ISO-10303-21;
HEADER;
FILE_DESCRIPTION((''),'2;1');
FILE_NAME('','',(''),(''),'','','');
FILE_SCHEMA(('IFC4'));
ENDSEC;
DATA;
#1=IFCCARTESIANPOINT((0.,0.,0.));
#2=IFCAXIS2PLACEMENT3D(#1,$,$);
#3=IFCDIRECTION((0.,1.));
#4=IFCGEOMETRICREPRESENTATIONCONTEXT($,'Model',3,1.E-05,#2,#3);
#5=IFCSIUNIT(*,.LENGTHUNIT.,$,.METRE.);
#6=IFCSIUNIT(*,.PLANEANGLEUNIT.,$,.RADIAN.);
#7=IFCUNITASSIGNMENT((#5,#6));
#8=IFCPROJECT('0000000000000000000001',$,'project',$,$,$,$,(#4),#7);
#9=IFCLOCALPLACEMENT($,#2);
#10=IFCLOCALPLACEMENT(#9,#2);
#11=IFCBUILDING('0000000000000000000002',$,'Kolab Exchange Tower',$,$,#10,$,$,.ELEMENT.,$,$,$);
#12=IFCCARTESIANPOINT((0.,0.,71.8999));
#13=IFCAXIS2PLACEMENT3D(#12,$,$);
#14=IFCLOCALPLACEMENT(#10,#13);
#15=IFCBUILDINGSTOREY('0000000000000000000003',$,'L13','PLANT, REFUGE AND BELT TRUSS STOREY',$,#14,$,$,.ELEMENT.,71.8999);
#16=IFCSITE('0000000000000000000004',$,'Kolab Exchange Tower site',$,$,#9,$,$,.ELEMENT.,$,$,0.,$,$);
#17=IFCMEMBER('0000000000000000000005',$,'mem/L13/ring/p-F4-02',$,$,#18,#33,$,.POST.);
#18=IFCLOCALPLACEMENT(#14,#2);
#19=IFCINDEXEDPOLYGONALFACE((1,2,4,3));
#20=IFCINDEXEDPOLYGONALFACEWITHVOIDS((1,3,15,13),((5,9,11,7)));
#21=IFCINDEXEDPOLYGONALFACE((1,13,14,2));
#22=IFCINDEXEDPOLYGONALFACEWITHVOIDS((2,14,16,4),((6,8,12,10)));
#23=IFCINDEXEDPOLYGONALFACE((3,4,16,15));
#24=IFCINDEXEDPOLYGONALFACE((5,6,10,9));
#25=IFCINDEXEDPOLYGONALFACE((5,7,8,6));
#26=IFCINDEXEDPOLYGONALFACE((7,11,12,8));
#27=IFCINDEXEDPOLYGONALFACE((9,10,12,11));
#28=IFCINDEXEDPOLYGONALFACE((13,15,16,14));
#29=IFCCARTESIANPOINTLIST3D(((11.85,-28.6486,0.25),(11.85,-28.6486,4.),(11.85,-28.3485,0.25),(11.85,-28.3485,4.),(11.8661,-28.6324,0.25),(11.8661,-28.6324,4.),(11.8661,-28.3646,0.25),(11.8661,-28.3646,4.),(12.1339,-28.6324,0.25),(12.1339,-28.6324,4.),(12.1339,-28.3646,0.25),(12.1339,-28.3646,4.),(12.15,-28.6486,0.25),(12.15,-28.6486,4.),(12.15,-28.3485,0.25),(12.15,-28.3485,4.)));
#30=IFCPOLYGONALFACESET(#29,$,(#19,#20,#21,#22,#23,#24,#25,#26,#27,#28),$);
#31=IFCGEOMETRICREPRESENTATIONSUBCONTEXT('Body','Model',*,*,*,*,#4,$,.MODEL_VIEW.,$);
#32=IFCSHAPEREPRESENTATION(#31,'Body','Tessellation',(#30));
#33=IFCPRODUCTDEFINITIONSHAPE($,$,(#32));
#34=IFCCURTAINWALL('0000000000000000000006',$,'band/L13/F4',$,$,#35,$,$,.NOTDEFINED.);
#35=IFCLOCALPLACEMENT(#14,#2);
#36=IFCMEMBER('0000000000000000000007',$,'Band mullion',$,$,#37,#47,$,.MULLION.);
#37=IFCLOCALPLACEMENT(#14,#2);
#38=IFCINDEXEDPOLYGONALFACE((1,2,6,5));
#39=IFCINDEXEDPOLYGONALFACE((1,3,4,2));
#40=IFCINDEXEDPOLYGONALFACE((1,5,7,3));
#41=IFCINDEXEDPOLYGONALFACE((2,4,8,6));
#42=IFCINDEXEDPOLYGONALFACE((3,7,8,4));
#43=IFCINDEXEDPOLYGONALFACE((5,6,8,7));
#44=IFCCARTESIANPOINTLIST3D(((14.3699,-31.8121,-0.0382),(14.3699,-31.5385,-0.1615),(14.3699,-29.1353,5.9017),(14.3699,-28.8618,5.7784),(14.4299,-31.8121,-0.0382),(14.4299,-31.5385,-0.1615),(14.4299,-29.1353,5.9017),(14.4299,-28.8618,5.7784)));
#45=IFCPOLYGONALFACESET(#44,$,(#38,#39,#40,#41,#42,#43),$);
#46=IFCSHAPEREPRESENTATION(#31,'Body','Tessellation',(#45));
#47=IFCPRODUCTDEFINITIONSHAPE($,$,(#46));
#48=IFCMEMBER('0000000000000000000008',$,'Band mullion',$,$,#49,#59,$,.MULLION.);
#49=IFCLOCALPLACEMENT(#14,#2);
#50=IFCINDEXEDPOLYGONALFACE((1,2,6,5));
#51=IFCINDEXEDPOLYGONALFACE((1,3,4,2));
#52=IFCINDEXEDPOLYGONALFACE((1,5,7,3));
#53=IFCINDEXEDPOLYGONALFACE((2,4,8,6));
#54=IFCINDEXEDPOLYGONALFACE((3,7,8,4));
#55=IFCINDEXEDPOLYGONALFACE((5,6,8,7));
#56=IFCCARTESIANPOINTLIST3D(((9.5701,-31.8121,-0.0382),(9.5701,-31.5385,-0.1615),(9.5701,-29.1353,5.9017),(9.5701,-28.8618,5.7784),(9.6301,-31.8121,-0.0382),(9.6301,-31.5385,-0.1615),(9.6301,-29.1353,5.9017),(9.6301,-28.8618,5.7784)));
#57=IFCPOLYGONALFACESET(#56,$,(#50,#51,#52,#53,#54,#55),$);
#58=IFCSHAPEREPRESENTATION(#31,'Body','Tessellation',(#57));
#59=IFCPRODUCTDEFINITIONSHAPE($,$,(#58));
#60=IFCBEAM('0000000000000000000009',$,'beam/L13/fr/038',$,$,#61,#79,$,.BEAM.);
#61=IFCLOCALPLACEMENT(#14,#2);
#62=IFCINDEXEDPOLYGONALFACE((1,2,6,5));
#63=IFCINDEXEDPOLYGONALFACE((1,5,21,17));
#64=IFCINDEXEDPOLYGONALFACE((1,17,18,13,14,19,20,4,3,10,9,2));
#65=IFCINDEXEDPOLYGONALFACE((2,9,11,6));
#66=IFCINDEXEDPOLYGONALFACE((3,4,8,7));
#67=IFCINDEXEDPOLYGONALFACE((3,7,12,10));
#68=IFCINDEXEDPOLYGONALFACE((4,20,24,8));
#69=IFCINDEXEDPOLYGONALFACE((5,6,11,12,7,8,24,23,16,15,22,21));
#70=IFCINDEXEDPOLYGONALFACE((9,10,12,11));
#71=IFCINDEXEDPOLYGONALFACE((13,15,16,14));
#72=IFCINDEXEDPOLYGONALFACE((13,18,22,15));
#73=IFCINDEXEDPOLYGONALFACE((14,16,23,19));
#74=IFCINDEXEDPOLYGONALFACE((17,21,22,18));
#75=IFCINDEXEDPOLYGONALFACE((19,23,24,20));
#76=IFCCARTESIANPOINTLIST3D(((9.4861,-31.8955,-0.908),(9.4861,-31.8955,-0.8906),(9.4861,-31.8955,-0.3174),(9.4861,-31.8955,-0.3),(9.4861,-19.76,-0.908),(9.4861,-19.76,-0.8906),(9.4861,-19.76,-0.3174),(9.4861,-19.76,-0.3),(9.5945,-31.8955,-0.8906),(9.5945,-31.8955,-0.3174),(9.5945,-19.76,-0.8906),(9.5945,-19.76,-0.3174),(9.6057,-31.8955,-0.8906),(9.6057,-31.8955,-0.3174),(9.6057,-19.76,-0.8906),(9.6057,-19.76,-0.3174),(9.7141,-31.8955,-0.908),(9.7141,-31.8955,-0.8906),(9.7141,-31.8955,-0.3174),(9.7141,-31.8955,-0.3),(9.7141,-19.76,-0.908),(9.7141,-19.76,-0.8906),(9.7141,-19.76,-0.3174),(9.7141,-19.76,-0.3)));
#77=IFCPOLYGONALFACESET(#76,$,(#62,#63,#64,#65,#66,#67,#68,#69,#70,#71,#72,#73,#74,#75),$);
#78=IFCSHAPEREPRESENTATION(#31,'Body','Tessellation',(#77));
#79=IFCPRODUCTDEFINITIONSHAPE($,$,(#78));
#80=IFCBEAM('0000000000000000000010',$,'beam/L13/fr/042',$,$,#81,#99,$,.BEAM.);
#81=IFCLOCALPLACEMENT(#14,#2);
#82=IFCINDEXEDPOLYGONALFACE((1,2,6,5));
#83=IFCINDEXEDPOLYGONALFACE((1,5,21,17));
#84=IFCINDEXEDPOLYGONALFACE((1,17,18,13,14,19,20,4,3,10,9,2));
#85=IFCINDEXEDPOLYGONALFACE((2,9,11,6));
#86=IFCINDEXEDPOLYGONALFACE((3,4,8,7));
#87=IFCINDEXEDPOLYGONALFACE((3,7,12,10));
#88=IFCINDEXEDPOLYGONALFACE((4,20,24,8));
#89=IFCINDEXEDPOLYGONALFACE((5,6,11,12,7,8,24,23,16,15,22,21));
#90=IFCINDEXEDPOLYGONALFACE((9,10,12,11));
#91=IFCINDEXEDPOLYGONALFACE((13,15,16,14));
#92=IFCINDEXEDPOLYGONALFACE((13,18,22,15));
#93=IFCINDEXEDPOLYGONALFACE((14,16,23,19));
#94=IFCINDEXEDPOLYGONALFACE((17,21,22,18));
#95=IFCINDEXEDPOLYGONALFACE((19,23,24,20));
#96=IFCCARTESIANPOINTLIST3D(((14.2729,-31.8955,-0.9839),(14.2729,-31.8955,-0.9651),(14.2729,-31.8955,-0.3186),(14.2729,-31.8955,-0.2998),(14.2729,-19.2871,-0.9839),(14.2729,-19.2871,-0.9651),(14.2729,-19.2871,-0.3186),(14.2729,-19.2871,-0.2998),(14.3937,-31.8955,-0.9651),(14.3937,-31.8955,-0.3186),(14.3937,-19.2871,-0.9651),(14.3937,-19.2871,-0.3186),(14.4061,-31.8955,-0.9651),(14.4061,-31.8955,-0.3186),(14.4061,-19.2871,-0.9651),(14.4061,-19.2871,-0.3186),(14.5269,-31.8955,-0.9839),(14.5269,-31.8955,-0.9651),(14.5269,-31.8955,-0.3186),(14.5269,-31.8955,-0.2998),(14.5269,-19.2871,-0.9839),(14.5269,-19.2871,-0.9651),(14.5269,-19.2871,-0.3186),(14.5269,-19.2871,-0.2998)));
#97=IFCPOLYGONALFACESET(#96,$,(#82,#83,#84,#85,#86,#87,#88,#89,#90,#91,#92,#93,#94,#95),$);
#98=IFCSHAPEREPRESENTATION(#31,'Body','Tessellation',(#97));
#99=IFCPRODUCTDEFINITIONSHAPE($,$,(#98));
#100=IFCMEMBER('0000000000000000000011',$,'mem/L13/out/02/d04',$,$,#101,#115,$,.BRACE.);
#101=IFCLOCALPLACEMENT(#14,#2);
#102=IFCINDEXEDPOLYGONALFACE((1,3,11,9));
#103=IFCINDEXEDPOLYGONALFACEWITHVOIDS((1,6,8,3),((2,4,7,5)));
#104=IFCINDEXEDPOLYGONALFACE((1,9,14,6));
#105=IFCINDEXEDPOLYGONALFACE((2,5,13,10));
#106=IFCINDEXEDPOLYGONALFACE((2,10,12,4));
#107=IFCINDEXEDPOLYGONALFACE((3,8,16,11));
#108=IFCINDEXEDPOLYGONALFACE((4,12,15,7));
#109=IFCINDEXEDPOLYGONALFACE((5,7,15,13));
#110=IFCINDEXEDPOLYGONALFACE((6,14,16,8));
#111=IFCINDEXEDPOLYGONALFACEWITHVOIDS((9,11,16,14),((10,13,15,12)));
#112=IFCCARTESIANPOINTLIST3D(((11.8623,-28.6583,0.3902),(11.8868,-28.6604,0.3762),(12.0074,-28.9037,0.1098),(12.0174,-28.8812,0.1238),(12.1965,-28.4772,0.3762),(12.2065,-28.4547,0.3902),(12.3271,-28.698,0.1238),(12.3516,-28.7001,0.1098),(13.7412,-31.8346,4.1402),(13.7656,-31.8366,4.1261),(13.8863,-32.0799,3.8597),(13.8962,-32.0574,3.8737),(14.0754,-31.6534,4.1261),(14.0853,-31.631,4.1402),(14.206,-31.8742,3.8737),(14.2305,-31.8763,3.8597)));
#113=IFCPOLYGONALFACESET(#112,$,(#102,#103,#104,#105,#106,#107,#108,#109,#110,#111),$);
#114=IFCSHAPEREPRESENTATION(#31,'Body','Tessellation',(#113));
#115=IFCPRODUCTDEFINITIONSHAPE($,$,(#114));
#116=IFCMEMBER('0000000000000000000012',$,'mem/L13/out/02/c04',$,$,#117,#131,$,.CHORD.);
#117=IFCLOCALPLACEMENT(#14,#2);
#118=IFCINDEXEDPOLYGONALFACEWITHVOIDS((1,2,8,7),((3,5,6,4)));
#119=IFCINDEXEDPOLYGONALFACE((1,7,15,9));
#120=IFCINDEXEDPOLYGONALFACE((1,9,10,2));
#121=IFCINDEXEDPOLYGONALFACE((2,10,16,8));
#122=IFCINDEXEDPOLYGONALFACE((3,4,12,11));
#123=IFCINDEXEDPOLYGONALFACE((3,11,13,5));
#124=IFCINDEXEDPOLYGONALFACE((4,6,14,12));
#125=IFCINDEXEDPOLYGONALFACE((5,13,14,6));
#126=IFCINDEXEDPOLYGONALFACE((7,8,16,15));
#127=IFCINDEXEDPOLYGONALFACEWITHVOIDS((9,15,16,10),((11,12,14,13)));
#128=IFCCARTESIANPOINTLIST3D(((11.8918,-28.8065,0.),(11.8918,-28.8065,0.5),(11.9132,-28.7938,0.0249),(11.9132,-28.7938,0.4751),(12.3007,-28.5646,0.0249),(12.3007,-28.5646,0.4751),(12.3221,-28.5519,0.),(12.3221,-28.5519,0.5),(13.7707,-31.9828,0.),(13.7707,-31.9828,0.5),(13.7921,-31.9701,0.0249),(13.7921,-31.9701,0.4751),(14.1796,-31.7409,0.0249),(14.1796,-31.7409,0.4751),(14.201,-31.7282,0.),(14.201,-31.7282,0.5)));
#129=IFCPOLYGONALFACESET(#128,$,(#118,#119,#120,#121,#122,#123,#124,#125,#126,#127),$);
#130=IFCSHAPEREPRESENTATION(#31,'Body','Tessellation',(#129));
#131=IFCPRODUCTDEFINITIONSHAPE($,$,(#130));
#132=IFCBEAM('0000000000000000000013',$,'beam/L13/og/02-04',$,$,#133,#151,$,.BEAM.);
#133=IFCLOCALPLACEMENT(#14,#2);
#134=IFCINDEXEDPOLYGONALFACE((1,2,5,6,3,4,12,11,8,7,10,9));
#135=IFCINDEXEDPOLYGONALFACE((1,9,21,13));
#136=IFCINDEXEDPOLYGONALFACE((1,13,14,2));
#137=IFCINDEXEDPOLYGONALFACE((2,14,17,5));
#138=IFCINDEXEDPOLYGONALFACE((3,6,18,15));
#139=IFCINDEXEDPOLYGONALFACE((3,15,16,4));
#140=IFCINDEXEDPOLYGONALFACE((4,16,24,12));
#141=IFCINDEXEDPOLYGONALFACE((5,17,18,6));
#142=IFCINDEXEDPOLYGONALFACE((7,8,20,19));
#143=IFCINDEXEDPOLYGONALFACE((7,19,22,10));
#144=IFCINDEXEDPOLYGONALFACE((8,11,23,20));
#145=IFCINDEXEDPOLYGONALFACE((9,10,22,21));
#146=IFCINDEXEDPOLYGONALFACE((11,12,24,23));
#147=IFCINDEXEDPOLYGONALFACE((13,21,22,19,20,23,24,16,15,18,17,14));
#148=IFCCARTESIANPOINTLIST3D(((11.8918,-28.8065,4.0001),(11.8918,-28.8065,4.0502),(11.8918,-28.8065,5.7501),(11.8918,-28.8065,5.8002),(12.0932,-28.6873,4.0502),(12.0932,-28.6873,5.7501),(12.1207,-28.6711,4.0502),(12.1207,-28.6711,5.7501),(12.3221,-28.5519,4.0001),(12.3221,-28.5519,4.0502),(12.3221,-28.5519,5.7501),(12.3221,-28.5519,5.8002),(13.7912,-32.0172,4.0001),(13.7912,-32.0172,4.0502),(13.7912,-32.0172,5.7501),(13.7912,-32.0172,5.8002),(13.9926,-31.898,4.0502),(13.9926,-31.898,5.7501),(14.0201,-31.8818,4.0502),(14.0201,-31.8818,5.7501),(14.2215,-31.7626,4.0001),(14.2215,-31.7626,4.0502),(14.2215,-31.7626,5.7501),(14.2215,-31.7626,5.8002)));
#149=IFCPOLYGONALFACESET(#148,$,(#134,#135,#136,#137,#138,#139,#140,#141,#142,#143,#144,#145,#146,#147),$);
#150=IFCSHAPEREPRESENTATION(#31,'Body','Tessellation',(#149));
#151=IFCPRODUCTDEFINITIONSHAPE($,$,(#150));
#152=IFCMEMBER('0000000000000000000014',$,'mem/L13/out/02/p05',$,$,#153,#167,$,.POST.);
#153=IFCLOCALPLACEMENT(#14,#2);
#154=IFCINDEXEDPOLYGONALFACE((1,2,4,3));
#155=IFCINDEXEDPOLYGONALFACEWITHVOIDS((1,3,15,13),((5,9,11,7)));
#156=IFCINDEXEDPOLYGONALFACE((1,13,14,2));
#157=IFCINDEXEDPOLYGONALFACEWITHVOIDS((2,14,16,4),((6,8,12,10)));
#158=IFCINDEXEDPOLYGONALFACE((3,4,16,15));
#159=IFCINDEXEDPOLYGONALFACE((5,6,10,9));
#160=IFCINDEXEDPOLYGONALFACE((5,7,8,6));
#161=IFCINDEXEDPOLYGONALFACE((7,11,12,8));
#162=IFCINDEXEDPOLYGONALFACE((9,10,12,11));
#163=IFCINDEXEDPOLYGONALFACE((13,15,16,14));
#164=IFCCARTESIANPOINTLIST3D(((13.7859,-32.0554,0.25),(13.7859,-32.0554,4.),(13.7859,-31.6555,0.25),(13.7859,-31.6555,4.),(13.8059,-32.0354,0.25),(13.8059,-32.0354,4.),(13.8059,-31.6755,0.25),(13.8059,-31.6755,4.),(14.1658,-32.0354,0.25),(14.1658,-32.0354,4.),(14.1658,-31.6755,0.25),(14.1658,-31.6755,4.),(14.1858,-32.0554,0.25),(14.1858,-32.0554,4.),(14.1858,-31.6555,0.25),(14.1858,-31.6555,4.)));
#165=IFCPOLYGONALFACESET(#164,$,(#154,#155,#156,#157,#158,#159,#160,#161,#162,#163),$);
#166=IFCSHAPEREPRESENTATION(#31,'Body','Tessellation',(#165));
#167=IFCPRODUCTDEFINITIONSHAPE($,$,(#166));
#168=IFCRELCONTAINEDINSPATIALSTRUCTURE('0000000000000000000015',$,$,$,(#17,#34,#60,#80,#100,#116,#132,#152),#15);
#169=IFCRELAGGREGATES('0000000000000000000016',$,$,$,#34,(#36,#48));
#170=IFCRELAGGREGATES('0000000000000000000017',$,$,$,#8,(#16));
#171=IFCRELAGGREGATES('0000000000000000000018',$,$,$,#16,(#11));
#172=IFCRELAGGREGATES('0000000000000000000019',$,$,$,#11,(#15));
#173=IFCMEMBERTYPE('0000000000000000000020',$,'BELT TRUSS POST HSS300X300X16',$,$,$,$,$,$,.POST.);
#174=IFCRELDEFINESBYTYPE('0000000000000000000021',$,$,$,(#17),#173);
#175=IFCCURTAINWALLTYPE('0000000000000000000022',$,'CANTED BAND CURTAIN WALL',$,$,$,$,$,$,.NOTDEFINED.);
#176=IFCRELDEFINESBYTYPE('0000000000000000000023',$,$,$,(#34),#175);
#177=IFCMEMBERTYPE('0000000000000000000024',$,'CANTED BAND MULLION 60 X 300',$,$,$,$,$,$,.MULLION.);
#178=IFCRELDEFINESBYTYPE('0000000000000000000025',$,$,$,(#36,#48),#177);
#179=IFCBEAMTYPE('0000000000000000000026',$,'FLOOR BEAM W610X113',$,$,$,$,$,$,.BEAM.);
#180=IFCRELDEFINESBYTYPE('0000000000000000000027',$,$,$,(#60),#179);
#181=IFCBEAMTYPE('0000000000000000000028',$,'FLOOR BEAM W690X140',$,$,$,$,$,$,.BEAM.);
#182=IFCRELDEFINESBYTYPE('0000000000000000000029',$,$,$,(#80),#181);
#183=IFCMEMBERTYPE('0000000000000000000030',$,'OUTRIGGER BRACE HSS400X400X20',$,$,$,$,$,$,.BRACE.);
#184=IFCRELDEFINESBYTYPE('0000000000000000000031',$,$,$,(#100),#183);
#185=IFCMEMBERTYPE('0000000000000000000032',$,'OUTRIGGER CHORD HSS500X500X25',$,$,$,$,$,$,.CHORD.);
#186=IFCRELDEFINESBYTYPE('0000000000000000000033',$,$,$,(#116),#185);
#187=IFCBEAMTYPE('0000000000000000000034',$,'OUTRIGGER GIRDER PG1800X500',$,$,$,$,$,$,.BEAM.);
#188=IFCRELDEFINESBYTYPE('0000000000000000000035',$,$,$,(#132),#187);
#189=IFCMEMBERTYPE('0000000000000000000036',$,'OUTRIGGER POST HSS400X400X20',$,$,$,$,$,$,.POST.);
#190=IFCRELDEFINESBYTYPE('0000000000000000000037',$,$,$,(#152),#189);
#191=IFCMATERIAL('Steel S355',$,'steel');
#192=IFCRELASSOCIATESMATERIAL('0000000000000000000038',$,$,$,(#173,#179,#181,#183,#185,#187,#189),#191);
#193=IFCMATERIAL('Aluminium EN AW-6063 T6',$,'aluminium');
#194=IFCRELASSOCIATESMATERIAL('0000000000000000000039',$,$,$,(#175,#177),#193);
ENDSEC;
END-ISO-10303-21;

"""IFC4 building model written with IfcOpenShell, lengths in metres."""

from ifc_helpers import new_model, si_unit, direction, frame, origin, origin_2d, place, context, subcontext, project, spatial, rectangle, hollow_rectangle, i_section, extrude, material, material_profile, profile_set, type_object, element, aggregate, save


model = new_model("IFC4")

# Units and contexts
model_context = context("Model", 3, precision=1e-05, world=origin(), true_north=direction((0.0, 1.0)))
body_context = subcontext(model_context, "Body", "Model", "MODEL_VIEW")
ifc_project = project(units=[si_unit("LENGTHUNIT", "METRE"), si_unit("PLANEANGLEUNIT", "RADIAN")], contexts=[model_context])

# Site, building, storey
site_placement = place(None, origin())
site = spatial("IfcSite", under=ifc_project, at=site_placement, Name="Kolab Exchange Tower site", CompositionType="ELEMENT", RefElevation=0.0)
building_placement = place(site_placement, origin())
building = spatial("IfcBuilding", under=site, at=building_placement, Name="Kolab Exchange Tower", CompositionType="ELEMENT")
storey_placement = place(building_placement, frame((0.0, 0.0, 71.8999)))
storey = spatial("IfcBuildingStorey", under=building, at=storey_placement, Name="L13", Description="PLANT, REFUGE AND BELT TRUSS STOREY", CompositionType="ELEMENT", Elevation=71.8999)

# Shared definitions
ifc_material_1 = material(Name="Steel S355", Category="steel")

# Member
ifc_material_profile_1 = material_profile(ifc_material_1, hollow_rectangle(XDim=0.3, YDim=0.3, WallThickness=0.0161, at=origin_2d()), Name="HSS300X300X16")
ifc_profile_set_1 = profile_set([ifc_material_profile_1], Name="Steel S355")
member_type_1 = type_object("IfcMemberType", Name="BELT TRUSS POST HSS300X300X16", PredefinedType="POST", material=ifc_profile_set_1)
for number, where, z_axis, x_axis, name in (
    (1, (12.0, -28.4985, 0.25), (0.0, 0.0, 1.0), (1.0, 0.0, 0.0), "mem/L13/ring/p-F4-02"),
):
    element("IfcMember", number, at=place(storey_placement, frame(where, z_axis=z_axis, x_axis=x_axis)), inside=storey, type_object=member_type_1, Name=name, PredefinedType="POST", context=body_context, shape_type="SweptSolid", body=[
        extrude(hollow_rectangle(XDim=0.3, YDim=0.3, WallThickness=0.0161, at=origin_2d()), origin(), (0.0, 0.0, 1.0), 3.75),
    ])

# Curtain wall, members
ifc_material_2 = material(Name="Aluminium EN AW-6063 T6", Category="aluminium")
curtain_wall_type_1 = type_object("IfcCurtainWallType", Name="CANTED BAND CURTAIN WALL", PredefinedType="NOTDEFINED", material=ifc_material_2)
curtain_wall_1_placement = place(storey_placement, origin())
curtain_wall_1 = element("IfcCurtainWall", 2, at=curtain_wall_1_placement, inside=storey, type_object=curtain_wall_type_1, Name="band/L13/F4", PredefinedType="NOTDEFINED")
ifc_material_profile_2 = material_profile(ifc_material_2, rectangle(XDim=0.0601, YDim=0.3, at=origin_2d()), Name="RECT 60X300")
ifc_profile_set_2 = profile_set([ifc_material_profile_2], Name="Aluminium EN AW-6063 T6")
member_type_2 = type_object("IfcMemberType", Name="CANTED BAND MULLION 60 X 300", PredefinedType="MULLION", material=ifc_profile_set_2)
member_1_placement = place(storey_placement, frame((14.3999, -31.6753, -0.0999), z_axis=(0.0, 0.410848, 0.911704), x_axis=(-1.0, 0.0, 0.0)))
member_1 = element("IfcMember", 3, at=member_1_placement, type_object=member_type_2, Name="Band mullion", PredefinedType="MULLION", context=body_context, shape_type="SweptSolid", body=[
    extrude(rectangle(XDim=0.0601, YDim=0.3, at=origin_2d()), origin(), (0.0, 0.0, 1.0), 6.5151),
])
member_2_placement = place(storey_placement, frame((9.6001, -31.6753, -0.0999), z_axis=(0.0, 0.410848, 0.911704), x_axis=(-1.0, 0.0, 0.0)))
member_2 = element("IfcMember", 4, at=member_2_placement, type_object=member_type_2, Name="Band mullion", PredefinedType="MULLION", context=body_context, shape_type="SweptSolid", body=[
    extrude(rectangle(XDim=0.0601, YDim=0.3, at=origin_2d()), origin(), (0.0, 0.0, 1.0), 6.5151),
])

# Beams
ifc_material_profile_3 = material_profile(ifc_material_1, i_section(OverallWidth=0.228, OverallDepth=0.6079, WebThickness=0.0112, FlangeThickness=0.0173, at=origin_2d()), Name="W610X113")
ifc_profile_set_3 = profile_set([ifc_material_profile_3], Name="Steel S355")
beam_type_1 = type_object("IfcBeamType", Name="FLOOR BEAM W610X113", PredefinedType="BEAM", material=ifc_profile_set_3)
beam_1_placement = place(storey_placement, frame((9.6001, -31.8955, -0.604), z_axis=(0.0, 1.0, 0.0), x_axis=(-1.0, 0.0, 0.0)))
element("IfcBeam", 5, at=beam_1_placement, inside=storey, type_object=beam_type_1, Name="beam/L13/fr/038", PredefinedType="BEAM", context=body_context, shape_type="SweptSolid", body=[
    extrude(i_section(OverallWidth=0.228, OverallDepth=0.6079, WebThickness=0.0112, FlangeThickness=0.0173, at=origin_2d()), origin(), (0.0, 0.0, 1.0), 12.1355),
])
ifc_material_profile_4 = material_profile(ifc_material_1, i_section(OverallWidth=0.2539, OverallDepth=0.6841, WebThickness=0.0125, FlangeThickness=0.0188, at=origin_2d()), Name="W690X140")
ifc_profile_set_4 = profile_set([ifc_material_profile_4], Name="Steel S355")
beam_type_2 = type_object("IfcBeamType", Name="FLOOR BEAM W690X140", PredefinedType="BEAM", material=ifc_profile_set_4)
beam_2_placement = place(storey_placement, frame((14.3999, -31.8955, -0.6418), z_axis=(0.0, 1.0, 0.0), x_axis=(-1.0, 0.0, 0.0)))
element("IfcBeam", 6, at=beam_2_placement, inside=storey, type_object=beam_type_2, Name="beam/L13/fr/042", PredefinedType="BEAM", context=body_context, shape_type="SweptSolid", body=[
    extrude(i_section(OverallWidth=0.2539, OverallDepth=0.6841, WebThickness=0.0125, FlangeThickness=0.0188, at=origin_2d()), origin(), (0.0, 0.0, 1.0), 12.6084),
])

# Members
ifc_material_profile_5 = material_profile(ifc_material_1, hollow_rectangle(XDim=0.3999, YDim=0.3999, WallThickness=0.02, at=origin_2d()), Name="HSS400X400X20")
ifc_profile_set_5 = profile_set([ifc_material_profile_5], Name="Steel S355")
member_type_3 = type_object("IfcMemberType", Name="OUTRIGGER BRACE HSS400X400X20", PredefinedType="BRACE", material=ifc_profile_set_5)
member_3_placement = place(storey_placement, frame((12.1069, -28.6792, 0.25), z_axis=(0.357117, -0.603702, 0.712749), x_axis=(0.860687, 0.509135, 0.0)))
element("IfcMember", 7, at=member_3_placement, inside=storey, type_object=member_type_3, Name="mem/L13/out/02/d04", PredefinedType="BRACE", context=body_context, shape_type="SweptSolid", body=[
    extrude(hollow_rectangle(XDim=0.3999, YDim=0.3999, WallThickness=0.02, at=origin_2d()), origin(), (0.0, 0.0, 1.0), 5.2612),
])
ifc_material_profile_6 = material_profile(ifc_material_1, hollow_rectangle(XDim=0.5, YDim=0.5, WallThickness=0.0249, at=origin_2d()), Name="HSS500X500X25")
ifc_profile_set_6 = profile_set([ifc_material_profile_6], Name="Steel S355")
member_type_4 = type_object("IfcMemberType", Name="OUTRIGGER CHORD HSS500X500X25", PredefinedType="CHORD", material=ifc_profile_set_6)
member_4_placement = place(storey_placement, frame((12.1069, -28.6792, 0.25), z_axis=(0.509135, -0.860687, 0.0), x_axis=(0.860687, 0.509135, 0.0)))
element("IfcMember", 8, at=member_4_placement, inside=storey, type_object=member_type_4, Name="mem/L13/out/02/c04", PredefinedType="CHORD", context=body_context, shape_type="SweptSolid", body=[
    extrude(hollow_rectangle(XDim=0.5, YDim=0.5, WallThickness=0.0249, at=origin_2d()), origin(), (0.0, 0.0, 1.0), 3.6904),
])

# Beam
ifc_material_profile_7 = material_profile(ifc_material_1, i_section(OverallWidth=0.5, OverallDepth=1.8, WebThickness=0.032, FlangeThickness=0.05, at=origin_2d()), Name="PG1800X500")
ifc_profile_set_7 = profile_set([ifc_material_profile_7], Name="Steel S355")
beam_type_3 = type_object("IfcBeamType", Name="OUTRIGGER GIRDER PG1800X500", PredefinedType="BEAM", material=ifc_profile_set_7)
beam_3_placement = place(storey_placement, frame((12.1069, -28.6792, 4.9001), z_axis=(0.509164, -0.86067, 0.0), x_axis=(0.86067, 0.509164, 0.0)))
element("IfcBeam", 9, at=beam_3_placement, inside=storey, type_object=beam_type_3, Name="beam/L13/og/02-04", PredefinedType="BEAM", context=body_context, shape_type="SweptSolid", body=[
    extrude(i_section(OverallWidth=0.5, OverallDepth=1.8, WebThickness=0.032, FlangeThickness=0.05, at=origin_2d()), origin(), (0.0, 0.0, 1.0), 3.7305),
])

# Member
ifc_material_profile_8 = material_profile(ifc_material_1, hollow_rectangle(XDim=0.3999, YDim=0.3999, WallThickness=0.02, at=origin_2d()), Name="HSS400X400X20")
ifc_profile_set_8 = profile_set([ifc_material_profile_8], Name="Steel S355")
member_type_5 = type_object("IfcMemberType", Name="OUTRIGGER POST HSS400X400X20", PredefinedType="POST", material=ifc_profile_set_8)
member_5_placement = place(storey_placement, frame((13.9858, -31.8555, 0.25), z_axis=(0.0, 0.0, 1.0), x_axis=(1.0, 0.0, 0.0)))
element("IfcMember", 10, at=member_5_placement, inside=storey, type_object=member_type_5, Name="mem/L13/out/02/p05", PredefinedType="POST", context=body_context, shape_type="SweptSolid", body=[
    extrude(hollow_rectangle(XDim=0.3999, YDim=0.3999, WallThickness=0.02, at=origin_2d()), origin(), (0.0, 0.0, 1.0), 3.75),
])

aggregate(curtain_wall_1, [member_1, member_2])

save(model, "model.ifc")
